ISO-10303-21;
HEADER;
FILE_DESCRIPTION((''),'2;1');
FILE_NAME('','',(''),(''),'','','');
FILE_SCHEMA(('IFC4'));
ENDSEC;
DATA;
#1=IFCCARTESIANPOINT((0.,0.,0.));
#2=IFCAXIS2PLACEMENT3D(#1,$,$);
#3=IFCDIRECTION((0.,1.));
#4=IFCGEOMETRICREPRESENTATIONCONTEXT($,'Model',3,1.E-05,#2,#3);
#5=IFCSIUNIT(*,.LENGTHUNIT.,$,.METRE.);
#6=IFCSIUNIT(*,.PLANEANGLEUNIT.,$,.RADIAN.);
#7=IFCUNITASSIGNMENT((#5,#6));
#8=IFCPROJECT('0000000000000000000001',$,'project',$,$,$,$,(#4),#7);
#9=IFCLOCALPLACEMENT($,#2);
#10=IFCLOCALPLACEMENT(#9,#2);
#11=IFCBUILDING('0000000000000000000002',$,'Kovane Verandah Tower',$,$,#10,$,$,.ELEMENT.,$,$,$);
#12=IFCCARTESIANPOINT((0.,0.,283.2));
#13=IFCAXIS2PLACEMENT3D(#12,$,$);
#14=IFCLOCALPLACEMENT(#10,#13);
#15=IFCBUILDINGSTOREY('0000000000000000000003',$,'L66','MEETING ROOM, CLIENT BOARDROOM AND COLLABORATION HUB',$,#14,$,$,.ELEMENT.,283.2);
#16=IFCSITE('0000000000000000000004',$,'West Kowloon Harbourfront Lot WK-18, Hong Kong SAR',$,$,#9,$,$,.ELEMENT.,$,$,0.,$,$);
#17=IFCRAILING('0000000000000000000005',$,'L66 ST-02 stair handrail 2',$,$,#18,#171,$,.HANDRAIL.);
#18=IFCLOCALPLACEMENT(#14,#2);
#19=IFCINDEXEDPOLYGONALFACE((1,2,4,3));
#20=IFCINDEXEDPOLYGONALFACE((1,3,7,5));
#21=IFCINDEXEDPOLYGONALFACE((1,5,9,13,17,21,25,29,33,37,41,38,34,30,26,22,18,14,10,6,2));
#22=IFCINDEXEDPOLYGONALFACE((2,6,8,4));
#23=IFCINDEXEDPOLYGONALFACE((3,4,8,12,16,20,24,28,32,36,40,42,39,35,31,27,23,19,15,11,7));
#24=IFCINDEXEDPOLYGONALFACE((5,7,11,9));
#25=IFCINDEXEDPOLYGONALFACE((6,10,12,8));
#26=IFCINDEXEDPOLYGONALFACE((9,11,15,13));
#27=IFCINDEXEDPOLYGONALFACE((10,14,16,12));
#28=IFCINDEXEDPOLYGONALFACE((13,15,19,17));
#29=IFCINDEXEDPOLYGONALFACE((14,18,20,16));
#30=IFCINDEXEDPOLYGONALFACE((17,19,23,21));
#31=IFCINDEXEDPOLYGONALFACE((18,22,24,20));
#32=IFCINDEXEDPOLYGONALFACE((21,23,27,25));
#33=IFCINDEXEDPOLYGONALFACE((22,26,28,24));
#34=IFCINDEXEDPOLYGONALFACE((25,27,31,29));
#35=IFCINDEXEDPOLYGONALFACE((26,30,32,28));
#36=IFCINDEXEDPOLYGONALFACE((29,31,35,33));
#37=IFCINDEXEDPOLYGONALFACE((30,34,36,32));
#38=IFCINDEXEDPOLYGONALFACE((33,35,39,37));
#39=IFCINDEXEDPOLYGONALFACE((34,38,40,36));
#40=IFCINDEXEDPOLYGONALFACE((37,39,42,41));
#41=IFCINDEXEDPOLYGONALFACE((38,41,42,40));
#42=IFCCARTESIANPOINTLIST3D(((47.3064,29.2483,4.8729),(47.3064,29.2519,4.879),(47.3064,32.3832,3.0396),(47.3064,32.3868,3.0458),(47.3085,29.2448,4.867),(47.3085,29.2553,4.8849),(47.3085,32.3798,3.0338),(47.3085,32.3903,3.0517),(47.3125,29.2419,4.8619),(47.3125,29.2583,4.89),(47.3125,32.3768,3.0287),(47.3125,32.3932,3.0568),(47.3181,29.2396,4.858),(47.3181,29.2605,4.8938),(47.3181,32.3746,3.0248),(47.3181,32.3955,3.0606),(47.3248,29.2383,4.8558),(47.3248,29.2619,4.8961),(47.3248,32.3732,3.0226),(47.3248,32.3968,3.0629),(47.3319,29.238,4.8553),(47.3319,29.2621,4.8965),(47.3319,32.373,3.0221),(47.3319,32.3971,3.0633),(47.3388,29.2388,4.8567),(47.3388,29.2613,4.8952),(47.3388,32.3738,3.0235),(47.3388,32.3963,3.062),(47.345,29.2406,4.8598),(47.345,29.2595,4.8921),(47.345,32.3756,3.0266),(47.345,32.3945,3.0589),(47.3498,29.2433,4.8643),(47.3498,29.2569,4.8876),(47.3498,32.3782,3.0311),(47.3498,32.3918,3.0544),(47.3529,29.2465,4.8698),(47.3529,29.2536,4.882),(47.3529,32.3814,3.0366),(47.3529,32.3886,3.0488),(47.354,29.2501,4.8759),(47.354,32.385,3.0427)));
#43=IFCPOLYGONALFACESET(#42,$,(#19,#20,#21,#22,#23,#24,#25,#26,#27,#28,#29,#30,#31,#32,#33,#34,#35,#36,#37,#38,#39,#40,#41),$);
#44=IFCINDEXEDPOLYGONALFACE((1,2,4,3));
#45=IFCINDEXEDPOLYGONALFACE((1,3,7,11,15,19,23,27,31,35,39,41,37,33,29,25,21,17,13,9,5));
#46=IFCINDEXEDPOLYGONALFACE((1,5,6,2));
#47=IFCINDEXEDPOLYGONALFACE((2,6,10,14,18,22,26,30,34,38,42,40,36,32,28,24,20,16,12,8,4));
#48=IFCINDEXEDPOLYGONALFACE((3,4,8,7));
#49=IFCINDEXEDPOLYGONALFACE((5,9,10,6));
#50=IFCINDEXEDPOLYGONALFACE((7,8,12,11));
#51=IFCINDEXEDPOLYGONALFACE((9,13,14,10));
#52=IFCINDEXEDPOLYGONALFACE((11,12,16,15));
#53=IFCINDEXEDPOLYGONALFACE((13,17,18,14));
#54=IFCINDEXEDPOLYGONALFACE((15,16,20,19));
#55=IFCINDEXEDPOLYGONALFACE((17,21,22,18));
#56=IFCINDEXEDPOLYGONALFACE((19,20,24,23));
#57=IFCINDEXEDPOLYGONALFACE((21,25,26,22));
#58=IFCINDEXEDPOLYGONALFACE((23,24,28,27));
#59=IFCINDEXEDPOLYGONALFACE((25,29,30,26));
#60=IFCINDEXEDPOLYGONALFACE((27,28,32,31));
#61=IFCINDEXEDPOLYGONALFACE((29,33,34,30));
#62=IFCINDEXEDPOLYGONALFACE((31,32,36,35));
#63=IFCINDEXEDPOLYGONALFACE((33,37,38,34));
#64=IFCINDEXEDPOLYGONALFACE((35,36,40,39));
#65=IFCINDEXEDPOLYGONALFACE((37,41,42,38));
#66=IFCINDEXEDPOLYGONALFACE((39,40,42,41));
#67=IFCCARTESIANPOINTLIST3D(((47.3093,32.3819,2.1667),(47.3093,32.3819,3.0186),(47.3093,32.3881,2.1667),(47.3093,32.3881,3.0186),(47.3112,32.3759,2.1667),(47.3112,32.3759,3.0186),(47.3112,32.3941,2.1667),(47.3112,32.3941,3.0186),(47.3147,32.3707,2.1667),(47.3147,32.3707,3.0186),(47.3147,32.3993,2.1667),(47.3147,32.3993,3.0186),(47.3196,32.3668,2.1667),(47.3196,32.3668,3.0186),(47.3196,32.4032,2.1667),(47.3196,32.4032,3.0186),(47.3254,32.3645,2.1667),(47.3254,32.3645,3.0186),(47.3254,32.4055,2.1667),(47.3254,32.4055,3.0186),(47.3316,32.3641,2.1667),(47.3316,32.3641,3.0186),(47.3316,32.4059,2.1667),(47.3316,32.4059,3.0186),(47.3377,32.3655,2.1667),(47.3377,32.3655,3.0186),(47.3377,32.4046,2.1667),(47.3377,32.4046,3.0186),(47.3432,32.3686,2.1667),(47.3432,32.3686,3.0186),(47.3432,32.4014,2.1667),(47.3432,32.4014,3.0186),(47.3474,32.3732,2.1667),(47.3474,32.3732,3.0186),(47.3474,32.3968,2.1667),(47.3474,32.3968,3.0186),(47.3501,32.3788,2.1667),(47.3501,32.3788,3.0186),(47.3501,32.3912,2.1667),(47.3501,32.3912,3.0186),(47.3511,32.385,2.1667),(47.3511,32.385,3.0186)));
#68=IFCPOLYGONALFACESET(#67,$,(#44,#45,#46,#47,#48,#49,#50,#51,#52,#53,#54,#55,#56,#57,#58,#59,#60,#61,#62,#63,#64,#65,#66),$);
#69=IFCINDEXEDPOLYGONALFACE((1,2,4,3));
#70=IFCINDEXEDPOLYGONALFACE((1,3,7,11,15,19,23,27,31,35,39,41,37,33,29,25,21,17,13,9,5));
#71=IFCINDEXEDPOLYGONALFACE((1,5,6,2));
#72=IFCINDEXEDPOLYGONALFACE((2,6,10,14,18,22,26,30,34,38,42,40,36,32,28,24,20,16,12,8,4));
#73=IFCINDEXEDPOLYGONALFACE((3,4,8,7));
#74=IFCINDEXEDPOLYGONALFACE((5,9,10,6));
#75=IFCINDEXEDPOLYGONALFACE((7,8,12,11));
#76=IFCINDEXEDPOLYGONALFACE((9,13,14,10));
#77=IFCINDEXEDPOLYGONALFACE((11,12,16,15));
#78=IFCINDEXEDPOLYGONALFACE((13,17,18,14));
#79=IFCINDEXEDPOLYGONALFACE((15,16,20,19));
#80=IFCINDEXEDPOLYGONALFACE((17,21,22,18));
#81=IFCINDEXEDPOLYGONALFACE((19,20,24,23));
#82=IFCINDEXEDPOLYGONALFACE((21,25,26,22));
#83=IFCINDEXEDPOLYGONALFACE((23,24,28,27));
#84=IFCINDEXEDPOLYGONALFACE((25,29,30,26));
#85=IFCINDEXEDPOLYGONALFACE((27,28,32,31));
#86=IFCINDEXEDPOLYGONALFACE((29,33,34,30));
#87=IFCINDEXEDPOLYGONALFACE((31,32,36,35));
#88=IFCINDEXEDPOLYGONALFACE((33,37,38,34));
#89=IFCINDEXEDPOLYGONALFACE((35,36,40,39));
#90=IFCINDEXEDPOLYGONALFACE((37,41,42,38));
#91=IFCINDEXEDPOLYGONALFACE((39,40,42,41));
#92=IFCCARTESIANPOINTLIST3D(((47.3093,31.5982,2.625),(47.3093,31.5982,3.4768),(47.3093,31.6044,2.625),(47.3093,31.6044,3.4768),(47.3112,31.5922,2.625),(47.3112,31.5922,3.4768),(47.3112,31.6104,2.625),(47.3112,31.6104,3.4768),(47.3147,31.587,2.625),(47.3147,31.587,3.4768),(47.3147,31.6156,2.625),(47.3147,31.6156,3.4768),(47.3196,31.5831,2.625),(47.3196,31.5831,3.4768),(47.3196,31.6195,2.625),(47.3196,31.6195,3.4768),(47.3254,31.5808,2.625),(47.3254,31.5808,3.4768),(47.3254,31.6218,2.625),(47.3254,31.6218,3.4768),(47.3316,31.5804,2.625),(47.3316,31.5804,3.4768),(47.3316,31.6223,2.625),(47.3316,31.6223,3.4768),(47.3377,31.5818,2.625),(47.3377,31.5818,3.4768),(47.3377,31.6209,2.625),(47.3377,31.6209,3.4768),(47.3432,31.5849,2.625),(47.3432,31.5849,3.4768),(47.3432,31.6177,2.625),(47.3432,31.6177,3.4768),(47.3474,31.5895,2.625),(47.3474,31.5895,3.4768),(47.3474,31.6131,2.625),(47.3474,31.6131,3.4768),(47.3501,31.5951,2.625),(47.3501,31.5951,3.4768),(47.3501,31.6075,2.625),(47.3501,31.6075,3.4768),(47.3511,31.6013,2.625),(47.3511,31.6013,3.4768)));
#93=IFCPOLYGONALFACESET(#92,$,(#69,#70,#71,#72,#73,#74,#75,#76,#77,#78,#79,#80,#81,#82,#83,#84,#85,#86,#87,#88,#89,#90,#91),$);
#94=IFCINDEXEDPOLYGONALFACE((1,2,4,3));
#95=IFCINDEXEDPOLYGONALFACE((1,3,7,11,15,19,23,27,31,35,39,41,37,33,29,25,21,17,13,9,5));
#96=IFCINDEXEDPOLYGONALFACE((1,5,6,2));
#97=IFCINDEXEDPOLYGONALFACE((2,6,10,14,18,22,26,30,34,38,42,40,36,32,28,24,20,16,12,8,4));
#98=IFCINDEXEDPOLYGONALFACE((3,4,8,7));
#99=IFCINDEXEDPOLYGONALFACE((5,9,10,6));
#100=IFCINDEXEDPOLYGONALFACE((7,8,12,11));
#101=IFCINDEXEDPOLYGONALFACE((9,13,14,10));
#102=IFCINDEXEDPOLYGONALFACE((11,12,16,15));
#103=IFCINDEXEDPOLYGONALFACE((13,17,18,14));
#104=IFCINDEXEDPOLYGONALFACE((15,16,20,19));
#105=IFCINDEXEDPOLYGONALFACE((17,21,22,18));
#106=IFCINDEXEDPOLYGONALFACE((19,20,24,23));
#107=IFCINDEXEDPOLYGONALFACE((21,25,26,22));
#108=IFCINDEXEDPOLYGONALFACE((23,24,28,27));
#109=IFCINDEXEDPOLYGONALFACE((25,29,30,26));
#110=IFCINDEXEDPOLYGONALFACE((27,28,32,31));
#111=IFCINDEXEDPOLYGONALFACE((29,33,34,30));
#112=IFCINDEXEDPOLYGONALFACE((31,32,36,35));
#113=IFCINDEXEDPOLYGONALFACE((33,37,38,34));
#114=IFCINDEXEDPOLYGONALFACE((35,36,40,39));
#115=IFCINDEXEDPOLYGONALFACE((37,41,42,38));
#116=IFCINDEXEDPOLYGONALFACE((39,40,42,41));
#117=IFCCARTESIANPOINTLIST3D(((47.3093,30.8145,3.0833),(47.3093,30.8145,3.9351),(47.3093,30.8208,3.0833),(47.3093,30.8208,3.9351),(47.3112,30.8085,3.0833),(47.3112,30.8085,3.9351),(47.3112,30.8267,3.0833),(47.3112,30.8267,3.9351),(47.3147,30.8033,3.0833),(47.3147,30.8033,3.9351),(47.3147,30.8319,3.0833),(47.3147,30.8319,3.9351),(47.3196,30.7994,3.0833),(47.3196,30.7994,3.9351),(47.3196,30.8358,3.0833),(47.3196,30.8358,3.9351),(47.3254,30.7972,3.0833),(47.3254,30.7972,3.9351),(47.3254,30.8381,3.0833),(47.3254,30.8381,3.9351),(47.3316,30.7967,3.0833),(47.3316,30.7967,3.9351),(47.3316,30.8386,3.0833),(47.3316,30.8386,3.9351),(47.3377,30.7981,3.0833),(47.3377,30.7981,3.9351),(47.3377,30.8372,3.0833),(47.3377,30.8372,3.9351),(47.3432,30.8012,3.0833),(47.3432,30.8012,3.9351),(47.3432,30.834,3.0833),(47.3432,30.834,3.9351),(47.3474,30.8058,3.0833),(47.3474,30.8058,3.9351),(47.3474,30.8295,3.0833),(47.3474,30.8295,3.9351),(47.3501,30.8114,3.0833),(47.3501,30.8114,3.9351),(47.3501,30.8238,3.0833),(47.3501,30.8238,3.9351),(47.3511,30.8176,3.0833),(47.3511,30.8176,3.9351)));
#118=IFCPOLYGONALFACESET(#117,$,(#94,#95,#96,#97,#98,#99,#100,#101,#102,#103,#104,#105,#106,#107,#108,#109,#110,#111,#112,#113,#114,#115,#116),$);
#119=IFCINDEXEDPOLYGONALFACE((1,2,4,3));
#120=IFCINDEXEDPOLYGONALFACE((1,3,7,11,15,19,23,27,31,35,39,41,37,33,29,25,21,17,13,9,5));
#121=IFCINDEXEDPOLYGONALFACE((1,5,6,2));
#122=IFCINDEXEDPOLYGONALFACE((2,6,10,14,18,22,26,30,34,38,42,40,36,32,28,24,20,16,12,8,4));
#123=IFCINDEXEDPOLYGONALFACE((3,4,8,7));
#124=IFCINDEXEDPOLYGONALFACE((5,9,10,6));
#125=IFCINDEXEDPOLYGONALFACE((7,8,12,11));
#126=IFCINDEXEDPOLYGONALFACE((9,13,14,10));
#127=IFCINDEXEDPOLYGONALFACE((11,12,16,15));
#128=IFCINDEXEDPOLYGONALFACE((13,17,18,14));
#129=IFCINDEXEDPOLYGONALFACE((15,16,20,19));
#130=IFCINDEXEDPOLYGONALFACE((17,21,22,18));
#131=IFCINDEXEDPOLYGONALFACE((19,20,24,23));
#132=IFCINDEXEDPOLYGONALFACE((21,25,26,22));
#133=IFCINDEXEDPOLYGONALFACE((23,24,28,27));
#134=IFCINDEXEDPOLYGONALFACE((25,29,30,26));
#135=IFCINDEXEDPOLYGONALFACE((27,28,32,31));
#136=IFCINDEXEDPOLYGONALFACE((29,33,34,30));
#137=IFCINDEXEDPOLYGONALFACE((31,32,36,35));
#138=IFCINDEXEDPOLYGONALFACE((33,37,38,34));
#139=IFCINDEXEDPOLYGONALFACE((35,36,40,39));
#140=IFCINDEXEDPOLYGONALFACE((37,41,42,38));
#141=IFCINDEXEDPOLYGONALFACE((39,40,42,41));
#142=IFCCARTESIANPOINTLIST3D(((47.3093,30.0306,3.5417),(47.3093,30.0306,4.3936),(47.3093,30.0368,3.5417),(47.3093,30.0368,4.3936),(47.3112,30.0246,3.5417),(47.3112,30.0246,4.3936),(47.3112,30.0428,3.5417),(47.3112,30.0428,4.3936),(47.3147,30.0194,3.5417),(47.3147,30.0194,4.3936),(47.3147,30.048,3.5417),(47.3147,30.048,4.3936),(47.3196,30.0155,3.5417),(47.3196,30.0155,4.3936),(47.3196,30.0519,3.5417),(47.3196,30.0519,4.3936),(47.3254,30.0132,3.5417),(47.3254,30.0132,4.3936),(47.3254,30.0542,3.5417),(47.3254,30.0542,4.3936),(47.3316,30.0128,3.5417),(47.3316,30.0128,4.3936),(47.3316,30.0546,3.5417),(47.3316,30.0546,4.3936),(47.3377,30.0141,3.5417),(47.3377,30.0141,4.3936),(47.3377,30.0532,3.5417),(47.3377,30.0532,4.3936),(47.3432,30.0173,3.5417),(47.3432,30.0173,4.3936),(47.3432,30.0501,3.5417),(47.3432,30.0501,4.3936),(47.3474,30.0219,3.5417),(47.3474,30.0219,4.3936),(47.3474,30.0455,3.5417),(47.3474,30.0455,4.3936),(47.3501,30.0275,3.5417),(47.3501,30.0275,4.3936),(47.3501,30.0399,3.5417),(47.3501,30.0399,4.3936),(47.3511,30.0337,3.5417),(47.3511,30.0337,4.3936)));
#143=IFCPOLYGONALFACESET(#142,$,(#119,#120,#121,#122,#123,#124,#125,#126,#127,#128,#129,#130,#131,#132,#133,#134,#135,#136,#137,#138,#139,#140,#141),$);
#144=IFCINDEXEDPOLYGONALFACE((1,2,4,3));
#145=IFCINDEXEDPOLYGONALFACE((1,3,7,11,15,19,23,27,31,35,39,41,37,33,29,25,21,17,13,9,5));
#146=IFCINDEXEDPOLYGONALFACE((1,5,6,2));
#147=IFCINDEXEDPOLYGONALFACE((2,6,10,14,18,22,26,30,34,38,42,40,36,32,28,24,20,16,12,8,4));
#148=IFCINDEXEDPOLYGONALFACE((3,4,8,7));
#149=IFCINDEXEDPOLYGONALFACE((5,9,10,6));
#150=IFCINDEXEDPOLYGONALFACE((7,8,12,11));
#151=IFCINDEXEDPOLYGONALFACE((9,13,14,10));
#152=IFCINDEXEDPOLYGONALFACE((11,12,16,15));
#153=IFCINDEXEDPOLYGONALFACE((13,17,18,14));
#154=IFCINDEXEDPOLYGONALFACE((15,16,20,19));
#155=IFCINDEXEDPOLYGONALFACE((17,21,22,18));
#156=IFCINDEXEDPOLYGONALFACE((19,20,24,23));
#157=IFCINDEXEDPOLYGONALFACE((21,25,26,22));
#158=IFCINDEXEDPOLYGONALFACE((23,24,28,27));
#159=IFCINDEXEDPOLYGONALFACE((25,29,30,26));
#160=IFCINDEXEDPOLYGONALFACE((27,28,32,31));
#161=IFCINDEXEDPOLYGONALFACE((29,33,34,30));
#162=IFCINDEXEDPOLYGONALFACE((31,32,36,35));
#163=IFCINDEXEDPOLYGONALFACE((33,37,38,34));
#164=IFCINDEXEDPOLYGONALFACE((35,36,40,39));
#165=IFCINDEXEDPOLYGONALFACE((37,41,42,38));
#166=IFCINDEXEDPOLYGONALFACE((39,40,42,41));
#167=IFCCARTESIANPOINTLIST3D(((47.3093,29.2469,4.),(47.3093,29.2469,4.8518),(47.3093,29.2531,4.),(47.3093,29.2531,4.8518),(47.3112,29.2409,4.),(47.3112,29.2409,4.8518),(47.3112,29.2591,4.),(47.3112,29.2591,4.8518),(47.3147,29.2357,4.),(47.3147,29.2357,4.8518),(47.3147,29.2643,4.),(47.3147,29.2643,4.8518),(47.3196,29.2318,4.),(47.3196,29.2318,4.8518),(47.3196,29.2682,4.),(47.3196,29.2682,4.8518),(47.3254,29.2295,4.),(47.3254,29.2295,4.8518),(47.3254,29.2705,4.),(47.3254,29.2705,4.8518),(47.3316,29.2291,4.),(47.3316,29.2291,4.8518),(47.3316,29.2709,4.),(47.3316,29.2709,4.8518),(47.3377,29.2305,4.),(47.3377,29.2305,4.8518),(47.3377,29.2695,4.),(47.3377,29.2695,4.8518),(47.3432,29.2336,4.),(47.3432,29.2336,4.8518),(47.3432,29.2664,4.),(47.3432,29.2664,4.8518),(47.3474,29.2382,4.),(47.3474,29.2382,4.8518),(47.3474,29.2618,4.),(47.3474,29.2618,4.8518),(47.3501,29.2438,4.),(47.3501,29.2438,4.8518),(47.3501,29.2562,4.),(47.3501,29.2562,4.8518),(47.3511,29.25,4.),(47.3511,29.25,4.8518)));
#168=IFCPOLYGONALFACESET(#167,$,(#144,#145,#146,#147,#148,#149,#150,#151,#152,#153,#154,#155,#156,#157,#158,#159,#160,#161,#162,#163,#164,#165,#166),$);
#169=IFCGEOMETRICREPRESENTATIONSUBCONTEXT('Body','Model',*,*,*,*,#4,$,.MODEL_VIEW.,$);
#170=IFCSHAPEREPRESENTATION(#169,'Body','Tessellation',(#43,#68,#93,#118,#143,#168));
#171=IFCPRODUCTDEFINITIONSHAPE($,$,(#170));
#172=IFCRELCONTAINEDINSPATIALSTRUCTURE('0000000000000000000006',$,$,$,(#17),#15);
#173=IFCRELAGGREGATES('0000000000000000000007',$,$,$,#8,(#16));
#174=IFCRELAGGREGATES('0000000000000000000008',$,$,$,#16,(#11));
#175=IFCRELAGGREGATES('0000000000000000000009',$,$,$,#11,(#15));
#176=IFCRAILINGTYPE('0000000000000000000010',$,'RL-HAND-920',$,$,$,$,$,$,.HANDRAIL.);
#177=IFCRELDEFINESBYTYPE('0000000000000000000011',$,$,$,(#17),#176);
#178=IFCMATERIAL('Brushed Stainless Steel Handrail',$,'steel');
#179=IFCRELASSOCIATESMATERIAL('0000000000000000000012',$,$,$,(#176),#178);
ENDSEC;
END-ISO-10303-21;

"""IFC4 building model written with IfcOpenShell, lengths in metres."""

from ifc_helpers import new_model, si_unit, direction, frame, origin, origin_2d, place, context, subcontext, project, spatial, circle, extrude, material, type_object, element, save


model = new_model("IFC4")

# Units and contexts
model_context = context("Model", 3, precision=1e-05, world=origin(), true_north=direction((0.0, 1.0)))
body_context = subcontext(model_context, "Body", "Model", "MODEL_VIEW")
ifc_project = project(units=[si_unit("LENGTHUNIT", "METRE"), si_unit("PLANEANGLEUNIT", "RADIAN")], contexts=[model_context])

# Site, building, storey
site_placement = place(None, origin())
site = spatial("IfcSite", under=ifc_project, at=site_placement, Name="West Kowloon Harbourfront Lot WK-18, Hong Kong SAR", CompositionType="ELEMENT", RefElevation=0.0)
building_placement = place(site_placement, origin())
building = spatial("IfcBuilding", under=site, at=building_placement, Name="Kovane Verandah Tower", CompositionType="ELEMENT")
storey_placement = place(building_placement, frame((0.0, 0.0, 283.2)))
storey = spatial("IfcBuildingStorey", under=building, at=storey_placement, Name="L66", Description="MEETING ROOM, CLIENT BOARDROOM AND COLLABORATION HUB", CompositionType="ELEMENT", Elevation=283.2)

# Railing
ifc_material_1 = material(Name="Brushed Stainless Steel Handrail", Category="steel")
railing_type_1 = type_object("IfcRailingType", Name="RL-HAND-920", PredefinedType="HANDRAIL", material=ifc_material_1)
railing_1_placement = place(storey_placement, frame((47.3301, 32.385, 2.1667)))
element("IfcRailing", 1, at=railing_1_placement, inside=storey, type_object=railing_type_1, Name="L66 ST-02 stair handrail 2", PredefinedType="HANDRAIL", context=body_context, shape_type="SweptSolid", body=[
    extrude(circle(Radius=0.0239, at=origin_2d()), frame((0.0, 0.0, 0.876), z_axis=(0.0, -0.86324, 0.504794), x_axis=(1.0, 0.0, 0.0)), (0.0, 0.0, 1.0), 3.6316),
    extrude(circle(Radius=0.021, at=origin_2d()), origin(), (0.0, 0.0, 1.0), 0.8518),
    extrude(circle(Radius=0.021, at=origin_2d()), frame((0.0, -0.7837, 0.4583)), (0.0, 0.0, 1.0), 0.8518),
    extrude(circle(Radius=0.021, at=origin_2d()), frame((0.0, -1.5674, 0.9165)), (0.0, 0.0, 1.0), 0.8518),
    extrude(circle(Radius=0.021, at=origin_2d()), frame((0.0, -2.3513, 1.375)), (0.0, 0.0, 1.0), 0.8518),
    extrude(circle(Radius=0.021, at=origin_2d()), frame((0.0, -3.135, 1.8333)), (0.0, 0.0, 1.0), 0.8518),
])

save(model, "model.ifc")
